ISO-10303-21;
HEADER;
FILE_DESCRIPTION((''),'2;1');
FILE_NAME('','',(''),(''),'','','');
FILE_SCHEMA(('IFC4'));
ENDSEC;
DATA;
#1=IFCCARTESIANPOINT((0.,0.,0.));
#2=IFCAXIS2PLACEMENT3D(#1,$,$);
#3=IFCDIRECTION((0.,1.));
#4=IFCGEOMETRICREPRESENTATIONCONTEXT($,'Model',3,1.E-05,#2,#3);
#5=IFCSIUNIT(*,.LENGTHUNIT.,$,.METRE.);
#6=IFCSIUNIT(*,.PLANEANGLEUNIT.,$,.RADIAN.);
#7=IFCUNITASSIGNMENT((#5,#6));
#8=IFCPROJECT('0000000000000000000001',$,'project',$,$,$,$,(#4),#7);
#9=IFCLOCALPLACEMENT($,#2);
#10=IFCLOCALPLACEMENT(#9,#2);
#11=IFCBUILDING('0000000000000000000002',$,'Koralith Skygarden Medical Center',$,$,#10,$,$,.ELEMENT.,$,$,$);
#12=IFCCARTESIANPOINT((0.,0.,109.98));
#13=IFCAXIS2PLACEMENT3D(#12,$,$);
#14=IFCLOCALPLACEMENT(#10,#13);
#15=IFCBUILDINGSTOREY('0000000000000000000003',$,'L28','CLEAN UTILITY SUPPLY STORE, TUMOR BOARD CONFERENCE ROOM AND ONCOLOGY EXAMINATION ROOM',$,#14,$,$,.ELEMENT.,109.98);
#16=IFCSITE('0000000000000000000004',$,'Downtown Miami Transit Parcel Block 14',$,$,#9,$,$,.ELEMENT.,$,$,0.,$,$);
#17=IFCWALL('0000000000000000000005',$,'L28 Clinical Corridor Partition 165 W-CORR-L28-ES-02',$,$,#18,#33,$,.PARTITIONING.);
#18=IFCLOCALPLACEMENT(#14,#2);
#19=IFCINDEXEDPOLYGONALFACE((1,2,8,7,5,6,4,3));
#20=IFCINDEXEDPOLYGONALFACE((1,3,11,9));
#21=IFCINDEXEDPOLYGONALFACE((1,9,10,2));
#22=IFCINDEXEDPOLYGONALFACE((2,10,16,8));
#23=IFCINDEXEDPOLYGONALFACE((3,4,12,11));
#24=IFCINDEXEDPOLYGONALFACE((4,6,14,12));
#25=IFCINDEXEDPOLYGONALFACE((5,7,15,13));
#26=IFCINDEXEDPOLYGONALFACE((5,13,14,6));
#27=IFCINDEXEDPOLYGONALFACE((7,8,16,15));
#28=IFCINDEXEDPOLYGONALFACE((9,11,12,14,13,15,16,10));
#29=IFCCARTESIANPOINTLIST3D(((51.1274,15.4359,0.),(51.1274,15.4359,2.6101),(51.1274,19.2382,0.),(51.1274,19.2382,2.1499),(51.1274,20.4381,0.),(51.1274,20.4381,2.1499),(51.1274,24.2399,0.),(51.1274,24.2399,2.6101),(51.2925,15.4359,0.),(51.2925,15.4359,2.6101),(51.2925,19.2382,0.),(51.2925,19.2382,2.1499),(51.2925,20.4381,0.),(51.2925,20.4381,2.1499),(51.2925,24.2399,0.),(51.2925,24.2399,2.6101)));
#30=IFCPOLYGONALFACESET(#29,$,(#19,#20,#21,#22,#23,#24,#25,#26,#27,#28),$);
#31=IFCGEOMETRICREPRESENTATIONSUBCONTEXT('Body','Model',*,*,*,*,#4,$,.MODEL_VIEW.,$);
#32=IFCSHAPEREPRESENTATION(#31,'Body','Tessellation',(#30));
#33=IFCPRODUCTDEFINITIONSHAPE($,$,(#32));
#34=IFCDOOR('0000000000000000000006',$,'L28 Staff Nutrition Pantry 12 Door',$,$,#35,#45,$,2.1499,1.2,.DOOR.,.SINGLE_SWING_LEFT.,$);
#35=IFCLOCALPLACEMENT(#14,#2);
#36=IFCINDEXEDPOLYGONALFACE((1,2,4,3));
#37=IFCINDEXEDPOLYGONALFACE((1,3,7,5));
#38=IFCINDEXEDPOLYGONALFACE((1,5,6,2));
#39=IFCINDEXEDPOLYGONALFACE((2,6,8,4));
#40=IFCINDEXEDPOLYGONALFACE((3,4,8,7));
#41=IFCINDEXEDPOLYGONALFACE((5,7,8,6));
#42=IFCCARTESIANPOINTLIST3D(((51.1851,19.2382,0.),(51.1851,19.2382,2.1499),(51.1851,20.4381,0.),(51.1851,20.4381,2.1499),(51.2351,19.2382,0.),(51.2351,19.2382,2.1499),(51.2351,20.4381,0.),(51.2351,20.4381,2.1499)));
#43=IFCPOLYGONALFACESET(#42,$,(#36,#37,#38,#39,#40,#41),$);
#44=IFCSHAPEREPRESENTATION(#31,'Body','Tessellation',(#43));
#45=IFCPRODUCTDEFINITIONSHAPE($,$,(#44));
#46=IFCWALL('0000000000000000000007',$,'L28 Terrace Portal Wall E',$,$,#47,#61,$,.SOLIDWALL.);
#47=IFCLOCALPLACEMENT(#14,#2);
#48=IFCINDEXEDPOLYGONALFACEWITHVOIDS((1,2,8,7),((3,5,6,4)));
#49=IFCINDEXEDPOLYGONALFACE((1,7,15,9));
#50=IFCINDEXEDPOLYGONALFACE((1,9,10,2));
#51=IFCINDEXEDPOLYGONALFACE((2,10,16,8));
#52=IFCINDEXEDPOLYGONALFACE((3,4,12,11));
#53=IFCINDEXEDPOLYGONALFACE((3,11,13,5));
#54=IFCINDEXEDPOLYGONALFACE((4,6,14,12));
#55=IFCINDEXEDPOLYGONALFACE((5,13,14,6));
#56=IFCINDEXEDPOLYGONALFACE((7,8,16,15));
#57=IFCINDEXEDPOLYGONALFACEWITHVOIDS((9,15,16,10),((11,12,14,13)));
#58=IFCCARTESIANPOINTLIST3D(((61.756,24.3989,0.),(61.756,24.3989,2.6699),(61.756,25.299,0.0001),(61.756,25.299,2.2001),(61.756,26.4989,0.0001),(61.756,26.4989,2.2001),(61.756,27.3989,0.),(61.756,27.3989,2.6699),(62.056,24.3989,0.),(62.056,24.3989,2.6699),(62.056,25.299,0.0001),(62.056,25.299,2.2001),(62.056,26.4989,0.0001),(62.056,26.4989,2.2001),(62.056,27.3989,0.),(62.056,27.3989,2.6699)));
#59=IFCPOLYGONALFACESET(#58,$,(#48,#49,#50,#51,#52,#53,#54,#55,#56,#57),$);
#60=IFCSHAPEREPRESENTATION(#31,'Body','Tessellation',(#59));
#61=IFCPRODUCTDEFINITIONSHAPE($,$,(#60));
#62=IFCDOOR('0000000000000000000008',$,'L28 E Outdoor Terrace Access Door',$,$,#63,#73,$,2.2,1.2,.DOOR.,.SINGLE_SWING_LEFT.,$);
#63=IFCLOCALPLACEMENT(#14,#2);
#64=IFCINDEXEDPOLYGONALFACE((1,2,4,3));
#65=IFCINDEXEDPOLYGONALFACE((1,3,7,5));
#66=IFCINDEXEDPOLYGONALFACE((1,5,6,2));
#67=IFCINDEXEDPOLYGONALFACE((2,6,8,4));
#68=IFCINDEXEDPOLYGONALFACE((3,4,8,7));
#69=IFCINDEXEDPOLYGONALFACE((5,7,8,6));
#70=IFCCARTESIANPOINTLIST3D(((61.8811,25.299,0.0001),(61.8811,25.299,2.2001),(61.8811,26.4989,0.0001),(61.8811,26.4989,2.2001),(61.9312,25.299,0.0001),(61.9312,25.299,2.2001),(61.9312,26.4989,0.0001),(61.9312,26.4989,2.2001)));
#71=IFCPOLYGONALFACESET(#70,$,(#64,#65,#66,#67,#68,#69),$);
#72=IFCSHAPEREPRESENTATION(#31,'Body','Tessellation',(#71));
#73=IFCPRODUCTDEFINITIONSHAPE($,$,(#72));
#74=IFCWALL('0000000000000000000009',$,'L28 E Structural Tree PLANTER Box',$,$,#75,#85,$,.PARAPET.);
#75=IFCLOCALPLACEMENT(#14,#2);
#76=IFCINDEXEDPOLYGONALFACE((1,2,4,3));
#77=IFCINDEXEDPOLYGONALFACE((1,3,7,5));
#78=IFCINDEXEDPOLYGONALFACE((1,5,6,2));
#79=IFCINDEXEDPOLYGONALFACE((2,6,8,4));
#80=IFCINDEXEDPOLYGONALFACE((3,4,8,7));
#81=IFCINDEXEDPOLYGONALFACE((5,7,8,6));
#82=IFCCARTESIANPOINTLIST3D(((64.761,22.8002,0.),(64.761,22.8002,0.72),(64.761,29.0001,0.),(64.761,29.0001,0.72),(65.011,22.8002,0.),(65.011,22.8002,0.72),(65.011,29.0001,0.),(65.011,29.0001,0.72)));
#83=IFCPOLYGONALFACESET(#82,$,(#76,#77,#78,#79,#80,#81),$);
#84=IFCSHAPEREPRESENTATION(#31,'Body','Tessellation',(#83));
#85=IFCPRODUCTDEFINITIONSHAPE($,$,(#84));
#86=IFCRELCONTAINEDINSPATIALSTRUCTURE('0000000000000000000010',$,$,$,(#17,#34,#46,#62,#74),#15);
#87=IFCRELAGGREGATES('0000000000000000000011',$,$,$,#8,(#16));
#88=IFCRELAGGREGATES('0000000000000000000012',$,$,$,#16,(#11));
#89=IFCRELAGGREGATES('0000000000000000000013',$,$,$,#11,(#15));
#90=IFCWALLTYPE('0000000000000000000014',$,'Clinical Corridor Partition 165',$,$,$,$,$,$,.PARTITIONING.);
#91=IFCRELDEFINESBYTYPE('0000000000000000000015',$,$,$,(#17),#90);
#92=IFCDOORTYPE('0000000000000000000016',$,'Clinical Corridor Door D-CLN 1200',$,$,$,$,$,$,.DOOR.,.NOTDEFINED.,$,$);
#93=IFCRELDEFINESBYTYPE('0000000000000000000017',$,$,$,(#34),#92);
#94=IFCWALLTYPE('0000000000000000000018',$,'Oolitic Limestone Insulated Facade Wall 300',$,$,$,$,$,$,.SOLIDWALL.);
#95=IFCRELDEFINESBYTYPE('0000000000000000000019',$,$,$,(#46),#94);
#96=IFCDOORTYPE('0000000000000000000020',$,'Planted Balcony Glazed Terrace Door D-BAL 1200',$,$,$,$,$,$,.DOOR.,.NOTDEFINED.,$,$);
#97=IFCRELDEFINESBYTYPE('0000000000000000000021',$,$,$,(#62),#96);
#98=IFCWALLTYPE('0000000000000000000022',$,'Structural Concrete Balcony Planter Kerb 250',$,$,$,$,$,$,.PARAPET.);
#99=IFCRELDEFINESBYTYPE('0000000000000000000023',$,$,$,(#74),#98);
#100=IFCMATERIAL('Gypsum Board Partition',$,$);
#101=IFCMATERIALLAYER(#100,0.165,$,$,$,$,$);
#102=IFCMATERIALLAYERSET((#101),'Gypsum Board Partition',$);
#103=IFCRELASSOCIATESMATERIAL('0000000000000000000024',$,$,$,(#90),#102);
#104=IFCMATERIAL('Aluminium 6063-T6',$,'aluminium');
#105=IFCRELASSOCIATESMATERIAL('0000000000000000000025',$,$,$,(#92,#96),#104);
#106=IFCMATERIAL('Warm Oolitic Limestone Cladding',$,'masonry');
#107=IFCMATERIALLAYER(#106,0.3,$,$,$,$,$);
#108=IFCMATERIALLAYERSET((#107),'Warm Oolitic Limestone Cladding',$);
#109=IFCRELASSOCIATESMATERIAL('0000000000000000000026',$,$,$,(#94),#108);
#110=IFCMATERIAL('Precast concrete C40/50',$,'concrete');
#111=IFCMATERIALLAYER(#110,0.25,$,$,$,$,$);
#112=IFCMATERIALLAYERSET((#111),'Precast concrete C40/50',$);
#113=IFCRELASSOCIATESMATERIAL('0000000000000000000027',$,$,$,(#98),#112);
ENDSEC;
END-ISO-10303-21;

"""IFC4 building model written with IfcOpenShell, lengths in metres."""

from ifc_helpers import new_model, si_unit, direction, frame, frame_2d, origin, place, context, subcontext, project, spatial, rectangle, extrude, material, layer, layer_set, type_object, element, fill, save


model = new_model("IFC4")

# Units and contexts
model_context = context("Model", 3, precision=1e-05, world=origin(), true_north=direction((0.0, 1.0)))
body_context = subcontext(model_context, "Body", "Model", "MODEL_VIEW")
ifc_project = project(units=[si_unit("LENGTHUNIT", "METRE"), si_unit("PLANEANGLEUNIT", "RADIAN")], contexts=[model_context])

# Site, building, storey
site_placement = place(None, origin())
site = spatial("IfcSite", under=ifc_project, at=site_placement, Name="Downtown Miami Transit Parcel Block 14", CompositionType="ELEMENT", RefElevation=0.0)
building_placement = place(site_placement, origin())
building = spatial("IfcBuilding", under=site, at=building_placement, Name="Koralith Skygarden Medical Center", CompositionType="ELEMENT")
storey_placement = place(building_placement, frame((0.0, 0.0, 109.98)))
storey = spatial("IfcBuildingStorey", under=building, at=storey_placement, Name="L28", Description="CLEAN UTILITY SUPPLY STORE, TUMOR BOARD CONFERENCE ROOM AND ONCOLOGY EXAMINATION ROOM", CompositionType="ELEMENT", Elevation=109.98)

# Shared definitions
ifc_material_1 = material(Name="Aluminium 6063-T6", Category="aluminium")

# Shared definitions
ifc_material_2 = material(Name="Gypsum Board Partition")
ifc_layer_1 = layer(ifc_material_2, 0.165)
ifc_layer_set_1 = layer_set([ifc_layer_1], Name="Gypsum Board Partition")
wall_type_1 = type_object("IfcWallType", Name="Clinical Corridor Partition 165", PredefinedType="PARTITIONING", material=ifc_layer_set_1)

# Walls, openings, doors
wall_1_placement = place(storey_placement, frame((51.21, 15.436, 0.0), z_axis=(0.0, 0.0, 1.0), x_axis=(0.0, 1.0, 0.0)))
wall_1 = element("IfcWall", 1, at=wall_1_placement, inside=storey, type_object=wall_type_1, Name="L28 Clinical Corridor Partition 165 W-CORR-L28-ES-02", PredefinedType="PARTITIONING", context=body_context, shape_type="SweptSolid", body=[
    extrude(rectangle(XDim=8.804, YDim=0.165, at=frame_2d((4.4019, 0.0))), origin(), (0.0, 0.0, 1.0), 2.6101),
])
opening_1_placement = place(wall_1_placement, frame((3.802, 0.0, 0.0)))
opening_1 = element("IfcOpeningElement", 2, at=opening_1_placement, cuts=wall_1, PredefinedType="OPENING", context=body_context, shape_type="SweptSolid", body=[
    extrude(rectangle(XDim=1.2, YDim=2.1499, at=frame_2d((0.6001, 1.075))), frame((0.0, 0.0925, 0.0), z_axis=(0.0, -1.0, 0.0), x_axis=(1.0, 0.0, 0.0)), (0.0, 0.0, 1.0), 0.1851),
])
door_type_1 = type_object("IfcDoorType", Name="Clinical Corridor Door D-CLN 1200", OperationType="NOTDEFINED", PredefinedType="DOOR", material=ifc_material_1)
door_1_placement = place(opening_1_placement, origin())
door_1 = element("IfcDoor", 3, at=door_1_placement, inside=storey, type_object=door_type_1, Name="L28 Staff Nutrition Pantry 12 Door", OperationType="SINGLE_SWING_LEFT", OverallHeight=2.1499, OverallWidth=1.2, PredefinedType="DOOR", context=body_context, shape_type="SweptSolid", body=[
    extrude(rectangle(XDim=1.2, YDim=2.1499, at=frame_2d((0.6001, 1.075))), frame((0.0, 0.0249, 0.0), z_axis=(0.0, -1.0, 0.0), x_axis=(1.0, 0.0, 0.0)), (0.0, 0.0, 1.0), 0.05),
])
fill(opening_1, door_1)
ifc_material_3 = material(Name="Warm Oolitic Limestone Cladding", Category="masonry")
ifc_layer_2 = layer(ifc_material_3, 0.3)
ifc_layer_set_2 = layer_set([ifc_layer_2], Name="Warm Oolitic Limestone Cladding")
wall_type_2 = type_object("IfcWallType", Name="Oolitic Limestone Insulated Facade Wall 300", PredefinedType="SOLIDWALL", material=ifc_layer_set_2)
wall_2_placement = place(storey_placement, frame((61.906, 24.3989, 0.0), z_axis=(0.0, 0.0, 1.0), x_axis=(0.0, 1.0, 0.0)))
wall_2 = element("IfcWall", 4, at=wall_2_placement, inside=storey, type_object=wall_type_2, Name="L28 Terrace Portal Wall E", PredefinedType="SOLIDWALL", context=body_context, shape_type="SweptSolid", body=[
    extrude(rectangle(XDim=3.0, YDim=0.3, at=frame_2d((1.5, 0.0))), origin(), (0.0, 0.0, 1.0), 2.6699),
])
opening_2_placement = place(wall_2_placement, frame((0.8999, 0.0, 0.0)))
opening_2 = element("IfcOpeningElement", 5, at=opening_2_placement, cuts=wall_2, PredefinedType="OPENING", context=body_context, shape_type="SweptSolid", body=[
    extrude(rectangle(XDim=1.2, YDim=2.2, at=frame_2d((0.6001, 1.1001))), frame((0.0, 0.1599, 0.0), z_axis=(0.0, -1.0, 0.0), x_axis=(1.0, 0.0, 0.0)), (0.0, 0.0, 1.0), 0.3201),
])
door_type_2 = type_object("IfcDoorType", Name="Planted Balcony Glazed Terrace Door D-BAL 1200", OperationType="NOTDEFINED", PredefinedType="DOOR", material=ifc_material_1)
door_2_placement = place(opening_2_placement, origin())
door_2 = element("IfcDoor", 6, at=door_2_placement, inside=storey, type_object=door_type_2, Name="L28 E Outdoor Terrace Access Door", OperationType="SINGLE_SWING_LEFT", OverallHeight=2.2, OverallWidth=1.2, PredefinedType="DOOR", context=body_context, shape_type="SweptSolid", body=[
    extrude(rectangle(XDim=1.2, YDim=2.2, at=frame_2d((0.6001, 1.1001))), frame((0.0, 0.0249, 0.0), z_axis=(0.0, -1.0, 0.0), x_axis=(1.0, 0.0, 0.0)), (0.0, 0.0, 1.0), 0.05),
])
fill(opening_2, door_2)

# Wall
ifc_material_4 = material(Name="Precast concrete C40/50", Category="concrete")
ifc_layer_3 = layer(ifc_material_4, 0.25)
ifc_layer_set_3 = layer_set([ifc_layer_3], Name="Precast concrete C40/50")
wall_type_3 = type_object("IfcWallType", Name="Structural Concrete Balcony Planter Kerb 250", PredefinedType="PARAPET", material=ifc_layer_set_3)
wall_3_placement = place(storey_placement, frame((64.886, 22.8, 0.0), z_axis=(0.0, 0.0, 1.0), x_axis=(0.0, 1.0, 0.0)))
element("IfcWall", 7, at=wall_3_placement, inside=storey, type_object=wall_type_3, Name="L28 E Structural Tree PLANTER Box", PredefinedType="PARAPET", context=body_context, shape_type="SweptSolid", body=[
    extrude(rectangle(XDim=6.2, YDim=0.25, at=frame_2d((3.1001, 0.0))), origin(), (0.0, 0.0, 1.0), 0.72),
])

save(model, "model.ifc")
